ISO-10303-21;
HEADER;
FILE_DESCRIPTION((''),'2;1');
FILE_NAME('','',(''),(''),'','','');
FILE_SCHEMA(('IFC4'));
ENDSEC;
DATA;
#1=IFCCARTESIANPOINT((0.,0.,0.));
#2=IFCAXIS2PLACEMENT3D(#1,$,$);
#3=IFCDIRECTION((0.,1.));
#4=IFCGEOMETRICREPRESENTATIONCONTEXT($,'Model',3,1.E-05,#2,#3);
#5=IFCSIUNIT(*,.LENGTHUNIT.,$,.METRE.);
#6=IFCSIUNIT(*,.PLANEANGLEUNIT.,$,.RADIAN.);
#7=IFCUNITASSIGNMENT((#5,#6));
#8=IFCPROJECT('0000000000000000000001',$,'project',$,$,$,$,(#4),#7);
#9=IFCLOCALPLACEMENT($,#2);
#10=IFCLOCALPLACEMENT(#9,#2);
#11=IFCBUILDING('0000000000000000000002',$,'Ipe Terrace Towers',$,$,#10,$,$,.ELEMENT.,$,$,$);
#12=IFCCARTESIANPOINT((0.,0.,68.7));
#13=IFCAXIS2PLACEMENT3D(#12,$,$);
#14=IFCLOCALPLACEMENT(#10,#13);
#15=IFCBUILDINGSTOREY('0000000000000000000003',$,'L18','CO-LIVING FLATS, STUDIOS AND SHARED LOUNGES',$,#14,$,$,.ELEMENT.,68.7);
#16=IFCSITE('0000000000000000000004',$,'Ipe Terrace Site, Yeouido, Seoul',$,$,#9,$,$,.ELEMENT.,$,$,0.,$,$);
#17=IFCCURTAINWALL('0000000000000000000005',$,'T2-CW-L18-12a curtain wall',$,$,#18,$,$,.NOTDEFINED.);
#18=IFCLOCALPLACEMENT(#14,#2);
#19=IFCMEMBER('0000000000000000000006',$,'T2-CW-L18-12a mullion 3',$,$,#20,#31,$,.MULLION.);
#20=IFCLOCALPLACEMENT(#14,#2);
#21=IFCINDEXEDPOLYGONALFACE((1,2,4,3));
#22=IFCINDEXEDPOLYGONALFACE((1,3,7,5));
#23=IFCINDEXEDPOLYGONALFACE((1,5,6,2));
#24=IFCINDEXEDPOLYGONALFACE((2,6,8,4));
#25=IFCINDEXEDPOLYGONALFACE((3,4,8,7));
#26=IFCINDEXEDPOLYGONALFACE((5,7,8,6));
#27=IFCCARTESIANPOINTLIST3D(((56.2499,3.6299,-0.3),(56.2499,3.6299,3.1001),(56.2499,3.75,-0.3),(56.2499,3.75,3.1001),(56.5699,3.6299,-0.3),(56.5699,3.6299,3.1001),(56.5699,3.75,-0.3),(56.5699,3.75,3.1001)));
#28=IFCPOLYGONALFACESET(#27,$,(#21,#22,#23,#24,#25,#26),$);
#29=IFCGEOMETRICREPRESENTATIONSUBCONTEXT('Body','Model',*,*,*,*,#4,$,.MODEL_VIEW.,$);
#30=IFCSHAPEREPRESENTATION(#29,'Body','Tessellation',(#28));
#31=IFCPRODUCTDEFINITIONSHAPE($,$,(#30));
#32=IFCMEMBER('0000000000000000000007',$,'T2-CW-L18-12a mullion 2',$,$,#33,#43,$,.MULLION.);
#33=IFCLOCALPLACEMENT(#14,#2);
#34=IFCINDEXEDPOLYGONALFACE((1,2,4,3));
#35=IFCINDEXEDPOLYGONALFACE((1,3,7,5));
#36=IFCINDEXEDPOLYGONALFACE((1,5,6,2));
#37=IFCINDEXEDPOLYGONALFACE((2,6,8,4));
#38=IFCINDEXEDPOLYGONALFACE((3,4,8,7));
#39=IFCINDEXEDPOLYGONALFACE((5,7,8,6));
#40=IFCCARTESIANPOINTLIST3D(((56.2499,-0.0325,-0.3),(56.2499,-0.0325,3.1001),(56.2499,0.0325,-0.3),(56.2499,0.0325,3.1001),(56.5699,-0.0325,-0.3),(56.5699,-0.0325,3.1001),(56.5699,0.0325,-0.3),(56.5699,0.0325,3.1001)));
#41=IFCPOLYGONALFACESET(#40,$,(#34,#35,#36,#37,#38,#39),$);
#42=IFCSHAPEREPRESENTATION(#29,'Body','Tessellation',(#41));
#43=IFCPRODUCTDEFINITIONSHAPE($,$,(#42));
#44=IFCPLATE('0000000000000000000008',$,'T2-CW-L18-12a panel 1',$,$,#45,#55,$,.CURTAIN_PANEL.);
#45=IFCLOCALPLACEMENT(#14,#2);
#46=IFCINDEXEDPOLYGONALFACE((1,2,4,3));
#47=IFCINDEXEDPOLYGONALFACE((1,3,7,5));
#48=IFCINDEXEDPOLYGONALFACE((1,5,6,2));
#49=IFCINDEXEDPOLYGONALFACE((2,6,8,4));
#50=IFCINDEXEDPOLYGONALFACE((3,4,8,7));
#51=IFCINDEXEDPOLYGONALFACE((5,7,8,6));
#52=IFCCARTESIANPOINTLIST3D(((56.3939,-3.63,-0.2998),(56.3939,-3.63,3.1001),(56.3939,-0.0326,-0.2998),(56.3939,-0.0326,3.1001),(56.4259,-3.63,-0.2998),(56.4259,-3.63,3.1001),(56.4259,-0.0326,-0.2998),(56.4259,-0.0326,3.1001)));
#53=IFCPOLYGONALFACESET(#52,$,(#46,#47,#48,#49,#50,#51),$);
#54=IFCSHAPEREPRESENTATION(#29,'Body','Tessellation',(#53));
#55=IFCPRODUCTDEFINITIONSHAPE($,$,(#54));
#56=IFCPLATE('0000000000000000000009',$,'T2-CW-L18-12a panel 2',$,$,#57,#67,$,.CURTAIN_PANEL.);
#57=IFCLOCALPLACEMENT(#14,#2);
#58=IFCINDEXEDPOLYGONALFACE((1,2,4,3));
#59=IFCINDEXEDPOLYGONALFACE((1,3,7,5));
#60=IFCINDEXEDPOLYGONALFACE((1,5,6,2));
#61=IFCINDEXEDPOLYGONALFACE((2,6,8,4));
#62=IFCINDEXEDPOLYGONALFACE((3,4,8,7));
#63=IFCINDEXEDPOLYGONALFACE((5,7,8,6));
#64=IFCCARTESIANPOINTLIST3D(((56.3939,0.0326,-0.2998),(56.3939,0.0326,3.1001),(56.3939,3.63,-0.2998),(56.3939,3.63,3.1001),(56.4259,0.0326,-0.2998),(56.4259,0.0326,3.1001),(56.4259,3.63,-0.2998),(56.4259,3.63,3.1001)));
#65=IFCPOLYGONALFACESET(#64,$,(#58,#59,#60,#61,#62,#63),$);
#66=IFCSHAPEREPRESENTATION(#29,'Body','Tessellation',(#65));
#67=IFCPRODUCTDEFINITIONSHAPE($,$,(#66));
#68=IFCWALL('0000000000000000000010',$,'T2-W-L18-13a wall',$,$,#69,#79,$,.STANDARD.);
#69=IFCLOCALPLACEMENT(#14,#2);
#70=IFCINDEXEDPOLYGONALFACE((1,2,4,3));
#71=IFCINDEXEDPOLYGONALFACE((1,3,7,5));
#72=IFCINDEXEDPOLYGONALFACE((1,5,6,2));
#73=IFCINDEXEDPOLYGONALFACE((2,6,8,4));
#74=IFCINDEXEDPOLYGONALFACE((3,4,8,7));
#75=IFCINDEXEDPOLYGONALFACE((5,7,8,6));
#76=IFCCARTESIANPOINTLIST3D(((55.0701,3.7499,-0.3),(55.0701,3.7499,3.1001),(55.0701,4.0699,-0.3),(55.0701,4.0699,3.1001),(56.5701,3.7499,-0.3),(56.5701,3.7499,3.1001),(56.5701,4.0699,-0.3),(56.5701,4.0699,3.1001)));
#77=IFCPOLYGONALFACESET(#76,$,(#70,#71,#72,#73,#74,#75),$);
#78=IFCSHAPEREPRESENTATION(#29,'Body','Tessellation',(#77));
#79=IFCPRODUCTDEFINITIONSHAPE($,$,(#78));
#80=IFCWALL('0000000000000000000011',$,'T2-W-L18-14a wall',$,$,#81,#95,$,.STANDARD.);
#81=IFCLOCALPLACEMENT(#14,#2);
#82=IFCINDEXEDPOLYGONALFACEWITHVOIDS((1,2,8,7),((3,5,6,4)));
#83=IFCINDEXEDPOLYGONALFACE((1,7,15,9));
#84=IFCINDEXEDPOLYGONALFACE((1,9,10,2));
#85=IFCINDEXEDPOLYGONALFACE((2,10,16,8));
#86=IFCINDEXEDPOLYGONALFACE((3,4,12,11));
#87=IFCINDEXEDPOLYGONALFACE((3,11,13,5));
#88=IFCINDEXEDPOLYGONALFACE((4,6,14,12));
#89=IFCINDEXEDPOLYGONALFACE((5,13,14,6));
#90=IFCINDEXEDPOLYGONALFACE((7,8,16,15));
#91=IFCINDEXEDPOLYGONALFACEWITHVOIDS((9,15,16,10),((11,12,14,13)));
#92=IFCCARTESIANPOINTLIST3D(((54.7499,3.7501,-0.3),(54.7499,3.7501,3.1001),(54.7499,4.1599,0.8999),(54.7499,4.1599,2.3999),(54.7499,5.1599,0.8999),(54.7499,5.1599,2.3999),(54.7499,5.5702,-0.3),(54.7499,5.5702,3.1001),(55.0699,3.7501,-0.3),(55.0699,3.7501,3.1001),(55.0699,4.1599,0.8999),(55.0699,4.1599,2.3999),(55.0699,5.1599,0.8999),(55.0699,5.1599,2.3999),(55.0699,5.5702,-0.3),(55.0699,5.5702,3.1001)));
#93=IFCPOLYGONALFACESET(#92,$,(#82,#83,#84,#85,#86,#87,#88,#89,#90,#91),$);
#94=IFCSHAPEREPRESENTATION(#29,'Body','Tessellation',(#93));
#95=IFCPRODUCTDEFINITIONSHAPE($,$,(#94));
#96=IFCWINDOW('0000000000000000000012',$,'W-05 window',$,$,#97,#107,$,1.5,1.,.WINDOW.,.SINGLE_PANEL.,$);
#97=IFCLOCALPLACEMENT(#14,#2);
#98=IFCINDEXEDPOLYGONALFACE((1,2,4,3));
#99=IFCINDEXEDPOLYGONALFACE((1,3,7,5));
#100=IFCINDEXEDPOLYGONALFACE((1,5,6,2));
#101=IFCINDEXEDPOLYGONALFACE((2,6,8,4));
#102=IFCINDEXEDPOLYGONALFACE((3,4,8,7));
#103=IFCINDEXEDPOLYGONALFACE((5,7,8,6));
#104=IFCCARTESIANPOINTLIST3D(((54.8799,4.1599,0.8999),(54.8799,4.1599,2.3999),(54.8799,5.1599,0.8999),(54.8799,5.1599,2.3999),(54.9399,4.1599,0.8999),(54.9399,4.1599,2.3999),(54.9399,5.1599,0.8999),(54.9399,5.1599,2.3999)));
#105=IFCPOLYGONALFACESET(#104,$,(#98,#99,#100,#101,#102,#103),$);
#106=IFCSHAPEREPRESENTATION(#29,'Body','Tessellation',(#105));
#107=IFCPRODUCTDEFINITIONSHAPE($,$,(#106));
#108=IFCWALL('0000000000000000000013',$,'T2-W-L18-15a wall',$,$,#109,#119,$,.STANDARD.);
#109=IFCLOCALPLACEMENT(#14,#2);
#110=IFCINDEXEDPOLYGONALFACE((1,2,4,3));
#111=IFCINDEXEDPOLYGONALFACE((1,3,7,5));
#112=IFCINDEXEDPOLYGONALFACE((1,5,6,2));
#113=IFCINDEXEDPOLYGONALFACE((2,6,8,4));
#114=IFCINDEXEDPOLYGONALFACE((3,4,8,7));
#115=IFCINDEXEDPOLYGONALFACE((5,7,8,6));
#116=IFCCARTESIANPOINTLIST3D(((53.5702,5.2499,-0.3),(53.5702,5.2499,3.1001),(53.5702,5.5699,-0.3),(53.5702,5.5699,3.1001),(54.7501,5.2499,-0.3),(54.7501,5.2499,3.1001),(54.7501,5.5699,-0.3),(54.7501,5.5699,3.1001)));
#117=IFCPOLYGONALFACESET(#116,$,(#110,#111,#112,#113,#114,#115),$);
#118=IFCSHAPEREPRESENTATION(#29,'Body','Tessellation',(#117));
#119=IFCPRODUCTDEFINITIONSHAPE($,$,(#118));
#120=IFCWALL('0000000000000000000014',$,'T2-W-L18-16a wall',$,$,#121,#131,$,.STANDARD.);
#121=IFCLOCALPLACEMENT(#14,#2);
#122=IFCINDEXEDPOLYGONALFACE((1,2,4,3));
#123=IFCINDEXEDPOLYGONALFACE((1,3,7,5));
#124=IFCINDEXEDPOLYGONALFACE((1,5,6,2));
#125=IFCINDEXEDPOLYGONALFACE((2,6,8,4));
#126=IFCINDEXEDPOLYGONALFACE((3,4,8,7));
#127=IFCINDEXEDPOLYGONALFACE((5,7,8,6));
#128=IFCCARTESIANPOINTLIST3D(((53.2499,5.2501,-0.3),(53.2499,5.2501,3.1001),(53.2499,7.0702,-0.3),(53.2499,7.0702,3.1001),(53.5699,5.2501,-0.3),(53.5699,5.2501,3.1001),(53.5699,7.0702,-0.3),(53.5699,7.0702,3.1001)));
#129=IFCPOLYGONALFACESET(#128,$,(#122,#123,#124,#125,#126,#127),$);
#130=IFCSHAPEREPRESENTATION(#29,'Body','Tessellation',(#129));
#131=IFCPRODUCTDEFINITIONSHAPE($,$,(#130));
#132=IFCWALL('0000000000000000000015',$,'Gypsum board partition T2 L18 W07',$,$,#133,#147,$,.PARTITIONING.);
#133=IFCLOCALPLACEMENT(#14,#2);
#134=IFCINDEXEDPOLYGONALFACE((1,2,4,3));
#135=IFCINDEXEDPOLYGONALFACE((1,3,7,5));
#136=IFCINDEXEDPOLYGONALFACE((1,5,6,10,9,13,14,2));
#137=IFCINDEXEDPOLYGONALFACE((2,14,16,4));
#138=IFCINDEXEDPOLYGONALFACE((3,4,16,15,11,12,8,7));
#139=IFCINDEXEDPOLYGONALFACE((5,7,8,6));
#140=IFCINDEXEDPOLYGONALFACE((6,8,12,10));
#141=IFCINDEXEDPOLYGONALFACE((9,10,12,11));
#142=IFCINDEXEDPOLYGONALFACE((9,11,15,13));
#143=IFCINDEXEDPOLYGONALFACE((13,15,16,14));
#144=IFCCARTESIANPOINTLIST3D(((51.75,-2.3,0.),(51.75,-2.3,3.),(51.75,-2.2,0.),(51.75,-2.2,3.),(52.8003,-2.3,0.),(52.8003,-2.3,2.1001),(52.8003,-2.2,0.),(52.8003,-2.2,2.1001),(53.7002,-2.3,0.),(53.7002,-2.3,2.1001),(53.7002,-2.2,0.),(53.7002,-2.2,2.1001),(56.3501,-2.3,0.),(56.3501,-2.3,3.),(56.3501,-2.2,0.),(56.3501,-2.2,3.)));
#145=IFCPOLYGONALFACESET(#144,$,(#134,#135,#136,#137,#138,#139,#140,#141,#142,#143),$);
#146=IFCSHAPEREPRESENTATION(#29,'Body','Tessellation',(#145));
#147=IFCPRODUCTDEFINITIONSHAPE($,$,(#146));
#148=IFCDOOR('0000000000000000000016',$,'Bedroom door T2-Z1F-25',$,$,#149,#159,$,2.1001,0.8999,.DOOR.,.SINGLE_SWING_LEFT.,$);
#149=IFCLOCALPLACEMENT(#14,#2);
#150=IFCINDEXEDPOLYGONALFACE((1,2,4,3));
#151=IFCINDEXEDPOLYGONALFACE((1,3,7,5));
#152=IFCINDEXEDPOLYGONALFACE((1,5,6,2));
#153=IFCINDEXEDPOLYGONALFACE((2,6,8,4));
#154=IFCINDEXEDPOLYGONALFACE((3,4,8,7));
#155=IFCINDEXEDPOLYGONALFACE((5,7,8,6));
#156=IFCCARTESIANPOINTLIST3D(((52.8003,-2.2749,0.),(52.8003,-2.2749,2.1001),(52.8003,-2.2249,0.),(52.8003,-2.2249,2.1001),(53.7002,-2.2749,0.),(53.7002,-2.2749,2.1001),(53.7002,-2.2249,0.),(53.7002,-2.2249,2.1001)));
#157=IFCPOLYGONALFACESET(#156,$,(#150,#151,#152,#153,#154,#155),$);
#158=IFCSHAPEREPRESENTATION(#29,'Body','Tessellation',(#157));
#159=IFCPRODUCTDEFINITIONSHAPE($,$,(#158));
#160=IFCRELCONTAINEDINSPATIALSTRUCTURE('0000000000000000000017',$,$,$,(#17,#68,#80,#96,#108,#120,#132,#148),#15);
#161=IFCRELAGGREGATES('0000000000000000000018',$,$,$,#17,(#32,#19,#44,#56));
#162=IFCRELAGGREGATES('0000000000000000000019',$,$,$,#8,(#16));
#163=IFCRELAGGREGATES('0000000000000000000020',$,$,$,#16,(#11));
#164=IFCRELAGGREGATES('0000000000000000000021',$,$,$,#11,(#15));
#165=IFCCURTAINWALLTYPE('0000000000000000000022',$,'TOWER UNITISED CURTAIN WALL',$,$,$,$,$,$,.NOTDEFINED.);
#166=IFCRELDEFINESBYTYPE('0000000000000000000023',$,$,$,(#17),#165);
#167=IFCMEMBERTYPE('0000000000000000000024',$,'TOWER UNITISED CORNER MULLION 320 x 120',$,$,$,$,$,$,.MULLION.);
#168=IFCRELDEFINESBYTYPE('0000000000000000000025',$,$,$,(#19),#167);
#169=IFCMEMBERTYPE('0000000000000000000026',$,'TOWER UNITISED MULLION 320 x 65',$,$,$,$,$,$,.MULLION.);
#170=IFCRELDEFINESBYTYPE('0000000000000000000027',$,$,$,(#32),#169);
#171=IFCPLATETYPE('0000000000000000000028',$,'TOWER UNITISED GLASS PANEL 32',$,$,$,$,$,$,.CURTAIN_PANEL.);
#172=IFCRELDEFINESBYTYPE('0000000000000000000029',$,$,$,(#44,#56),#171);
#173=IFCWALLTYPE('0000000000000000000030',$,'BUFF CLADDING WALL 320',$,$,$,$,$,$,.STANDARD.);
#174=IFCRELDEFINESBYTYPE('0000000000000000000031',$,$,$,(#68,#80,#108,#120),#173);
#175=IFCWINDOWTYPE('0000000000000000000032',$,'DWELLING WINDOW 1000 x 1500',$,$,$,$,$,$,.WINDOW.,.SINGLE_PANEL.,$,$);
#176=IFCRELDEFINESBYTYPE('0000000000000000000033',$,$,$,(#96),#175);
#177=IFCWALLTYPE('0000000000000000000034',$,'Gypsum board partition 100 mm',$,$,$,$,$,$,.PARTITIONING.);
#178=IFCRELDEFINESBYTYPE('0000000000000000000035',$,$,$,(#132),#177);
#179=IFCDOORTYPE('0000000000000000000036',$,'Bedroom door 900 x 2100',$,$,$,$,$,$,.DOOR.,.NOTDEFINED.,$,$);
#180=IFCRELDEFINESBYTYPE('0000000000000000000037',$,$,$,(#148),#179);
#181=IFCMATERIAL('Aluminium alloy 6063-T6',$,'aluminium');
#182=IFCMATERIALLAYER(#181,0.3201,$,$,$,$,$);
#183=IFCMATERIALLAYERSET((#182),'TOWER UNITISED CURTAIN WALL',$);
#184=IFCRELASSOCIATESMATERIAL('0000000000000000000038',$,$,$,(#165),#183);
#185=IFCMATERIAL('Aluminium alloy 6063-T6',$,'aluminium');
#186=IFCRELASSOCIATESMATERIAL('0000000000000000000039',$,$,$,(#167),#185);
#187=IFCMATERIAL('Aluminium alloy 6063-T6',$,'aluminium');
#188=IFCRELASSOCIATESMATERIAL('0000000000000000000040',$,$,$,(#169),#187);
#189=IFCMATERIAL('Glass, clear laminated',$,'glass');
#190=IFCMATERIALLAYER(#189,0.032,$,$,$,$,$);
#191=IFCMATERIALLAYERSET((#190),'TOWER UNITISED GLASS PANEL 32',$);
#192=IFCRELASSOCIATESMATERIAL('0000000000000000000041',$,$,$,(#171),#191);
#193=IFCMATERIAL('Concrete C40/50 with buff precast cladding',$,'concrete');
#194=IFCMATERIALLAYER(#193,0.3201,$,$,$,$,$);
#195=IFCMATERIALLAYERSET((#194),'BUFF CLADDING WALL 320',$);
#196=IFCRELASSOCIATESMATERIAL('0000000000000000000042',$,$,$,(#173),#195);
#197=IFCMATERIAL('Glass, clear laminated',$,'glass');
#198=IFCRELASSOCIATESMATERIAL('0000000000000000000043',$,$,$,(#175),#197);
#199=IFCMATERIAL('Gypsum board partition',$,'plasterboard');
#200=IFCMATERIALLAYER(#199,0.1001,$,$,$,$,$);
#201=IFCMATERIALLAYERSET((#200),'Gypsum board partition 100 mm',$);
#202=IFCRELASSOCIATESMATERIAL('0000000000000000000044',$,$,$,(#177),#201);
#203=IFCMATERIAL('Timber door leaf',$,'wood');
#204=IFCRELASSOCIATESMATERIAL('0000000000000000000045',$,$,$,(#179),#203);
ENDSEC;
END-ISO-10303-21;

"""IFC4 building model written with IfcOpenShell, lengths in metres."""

from ifc_helpers import new_model, si_unit, direction, frame, frame_2d, origin, origin_2d, place, context, subcontext, project, spatial, rectangle, extrude, material, layer, layer_set, material_profile, profile_set, type_object, element, fill, aggregate, save


model = new_model("IFC4")

# Units and contexts
model_context = context("Model", 3, precision=1e-05, world=origin(), true_north=direction((0.0, 1.0)))
body_context = subcontext(model_context, "Body", "Model", "MODEL_VIEW")
ifc_project = project(units=[si_unit("LENGTHUNIT", "METRE"), si_unit("PLANEANGLEUNIT", "RADIAN")], contexts=[model_context])

# Site, building, storey
site_placement = place(None, origin())
site = spatial("IfcSite", under=ifc_project, at=site_placement, Name="Ipe Terrace Site, Yeouido, Seoul", CompositionType="ELEMENT", RefElevation=0.0)
building_placement = place(site_placement, origin())
building = spatial("IfcBuilding", under=site, at=building_placement, Name="Ipe Terrace Towers", CompositionType="ELEMENT")
storey_placement = place(building_placement, frame((0.0, 0.0, 68.7)))
storey = spatial("IfcBuildingStorey", under=building, at=storey_placement, Name="L18", Description="CO-LIVING FLATS, STUDIOS AND SHARED LOUNGES", CompositionType="ELEMENT", Elevation=68.7)

# Curtain wall, members, plates
ifc_material_1 = material(Name="Aluminium alloy 6063-T6", Category="aluminium")
ifc_layer_1 = layer(ifc_material_1, 0.3201)
ifc_layer_set_1 = layer_set([ifc_layer_1], Name="TOWER UNITISED CURTAIN WALL")
curtain_wall_type = type_object("IfcCurtainWallType", Name="TOWER UNITISED CURTAIN WALL", PredefinedType="NOTDEFINED", material=ifc_layer_set_1)
curtain_wall_placement = place(storey_placement, origin())
curtain_wall = element("IfcCurtainWall", 1, at=curtain_wall_placement, inside=storey, type_object=curtain_wall_type, Name="T2-CW-L18-12a curtain wall", PredefinedType="NOTDEFINED")
ifc_material_2 = material(Name="Aluminium alloy 6063-T6", Category="aluminium")
ifc_material_profile_1 = material_profile(ifc_material_2, rectangle(XDim=0.3201, YDim=0.1201, at=origin_2d()), Name="TOWER UNITISED CORNER MULLION 320 x 120")
ifc_profile_set_1 = profile_set([ifc_material_profile_1], Name="Aluminium alloy 6063-T6")
member_type_1 = type_object("IfcMemberType", Name="TOWER UNITISED CORNER MULLION 320 x 120", PredefinedType="MULLION", material=ifc_profile_set_1)
member_1_placement = place(storey_placement, frame((56.4099, 3.6899, -0.3), z_axis=(0.0, 0.0, 1.0), x_axis=(1.0, 0.0, 0.0)))
member_1 = element("IfcMember", 2, at=member_1_placement, type_object=member_type_1, Name="T2-CW-L18-12a mullion 3", PredefinedType="MULLION", context=body_context, shape_type="SweptSolid", body=[
    extrude(rectangle(XDim=0.3201, YDim=0.1201, at=origin_2d()), origin(), (0.0, 0.0, 1.0), 3.4001),
])
ifc_material_3 = material(Name="Aluminium alloy 6063-T6", Category="aluminium")
ifc_material_profile_2 = material_profile(ifc_material_3, rectangle(XDim=0.3201, YDim=0.0649, at=origin_2d()), Name="TOWER UNITISED MULLION 320 x 65")
ifc_profile_set_2 = profile_set([ifc_material_profile_2], Name="Aluminium alloy 6063-T6")
member_type_2 = type_object("IfcMemberType", Name="TOWER UNITISED MULLION 320 x 65", PredefinedType="MULLION", material=ifc_profile_set_2)
member_2_placement = place(storey_placement, frame((56.4099, 0.0, -0.3), z_axis=(0.0, 0.0, 1.0), x_axis=(1.0, 0.0, 0.0)))
member_2 = element("IfcMember", 3, at=member_2_placement, type_object=member_type_2, Name="T2-CW-L18-12a mullion 2", PredefinedType="MULLION", context=body_context, shape_type="SweptSolid", body=[
    extrude(rectangle(XDim=0.3201, YDim=0.0649, at=origin_2d()), origin(), (0.0, 0.0, 1.0), 3.4001),
])
ifc_material_4 = material(Name="Glass, clear laminated", Category="glass")
ifc_layer_2 = layer(ifc_material_4, 0.032)
ifc_layer_set_2 = layer_set([ifc_layer_2], Name="TOWER UNITISED GLASS PANEL 32")
plate_type = type_object("IfcPlateType", Name="TOWER UNITISED GLASS PANEL 32", PredefinedType="CURTAIN_PANEL", material=ifc_layer_set_2)
plate_1_placement = place(storey_placement, frame((56.4099, -1.8313, -0.2998), z_axis=(0.0, 0.0, 1.0), x_axis=(0.0, 1.0, 0.0)))
plate_1 = element("IfcPlate", 4, at=plate_1_placement, type_object=plate_type, Name="T2-CW-L18-12a panel 1", PredefinedType="CURTAIN_PANEL", context=body_context, shape_type="SweptSolid", body=[
    extrude(rectangle(XDim=3.5974, YDim=0.032, at=origin_2d()), origin(), (0.0, 0.0, 1.0), 3.3999),
])
plate_2_placement = place(storey_placement, frame((56.4099, 1.8313, -0.2998), z_axis=(0.0, 0.0, 1.0), x_axis=(0.0, 1.0, 0.0)))
plate_2 = element("IfcPlate", 5, at=plate_2_placement, type_object=plate_type, Name="T2-CW-L18-12a panel 2", PredefinedType="CURTAIN_PANEL", context=body_context, shape_type="SweptSolid", body=[
    extrude(rectangle(XDim=3.5974, YDim=0.032, at=origin_2d()), origin(), (0.0, 0.0, 1.0), 3.3999),
])
aggregate(curtain_wall, [member_2, member_1, plate_1, plate_2])

# Wall
ifc_material_5 = material(Name="Concrete C40/50 with buff precast cladding", Category="concrete")
ifc_layer_3 = layer(ifc_material_5, 0.3201)
ifc_layer_set_3 = layer_set([ifc_layer_3], Name="BUFF CLADDING WALL 320")
wall_type_1 = type_object("IfcWallType", Name="BUFF CLADDING WALL 320", PredefinedType="STANDARD", material=ifc_layer_set_3)
wall_1_placement = place(storey_placement, frame((56.5701, 3.9099, -0.3), z_axis=(0.0, 0.0, 1.0), x_axis=(-1.0, 0.0, 0.0)))
element("IfcWall", 6, at=wall_1_placement, inside=storey, type_object=wall_type_1, Name="T2-W-L18-13a wall", PredefinedType="STANDARD", context=body_context, shape_type="SweptSolid", body=[
    extrude(rectangle(XDim=1.5, YDim=0.3201, at=frame_2d((0.75, 0.0))), origin(), (0.0, 0.0, 1.0), 3.4001),
])

# Wall, opening, window
wall_2_placement = place(storey_placement, frame((54.9099, 3.75, -0.3), z_axis=(0.0, 0.0, 1.0), x_axis=(0.0, 1.0, 0.0)))
wall_2 = element("IfcWall", 7, at=wall_2_placement, inside=storey, type_object=wall_type_1, Name="T2-W-L18-14a wall", PredefinedType="STANDARD", context=body_context, shape_type="SweptSolid", body=[
    extrude(rectangle(XDim=1.8201, YDim=0.3201, at=frame_2d((0.9102, 0.0))), origin(), (0.0, 0.0, 1.0), 3.4001),
])
opening_1_placement = place(wall_2_placement, frame((0.4099, 0.0, 1.2)))
opening_1 = element("IfcOpeningElement", 8, at=opening_1_placement, cuts=wall_2, PredefinedType="OPENING", context=body_context, shape_type="SweptSolid", body=[
    extrude(rectangle(XDim=1.0, YDim=1.5, at=frame_2d((0.5, 0.75))), frame((0.0, 0.1699, 0.0), z_axis=(0.0, -1.0, 0.0), x_axis=(1.0, 0.0, 0.0)), (0.0, 0.0, 1.0), 0.3401),
])
ifc_material_6 = material(Name="Glass, clear laminated", Category="glass")
window_type = type_object("IfcWindowType", Name="DWELLING WINDOW 1000 x 1500", PartitioningType="SINGLE_PANEL", PredefinedType="WINDOW", material=ifc_material_6)
window_placement = place(opening_1_placement, origin())
window = element("IfcWindow", 9, at=window_placement, inside=storey, type_object=window_type, Name="W-05 window", OverallHeight=1.5, OverallWidth=1.0, PartitioningType="SINGLE_PANEL", PredefinedType="WINDOW", context=body_context, shape_type="SweptSolid", body=[
    extrude(rectangle(XDim=1.0, YDim=1.5, at=frame_2d((0.5, 0.75))), frame((0.0, 0.03, 0.0), z_axis=(0.0, -1.0, 0.0), x_axis=(1.0, 0.0, 0.0)), (0.0, 0.0, 1.0), 0.0601),
])
fill(opening_1, window)

# Walls
wall_3_placement = place(storey_placement, frame((54.75, 5.4099, -0.3), z_axis=(0.0, 0.0, 1.0), x_axis=(-1.0, 0.0, 0.0)))
element("IfcWall", 10, at=wall_3_placement, inside=storey, type_object=wall_type_1, Name="T2-W-L18-15a wall", PredefinedType="STANDARD", context=body_context, shape_type="SweptSolid", body=[
    extrude(rectangle(XDim=1.1799, YDim=0.3201, at=frame_2d((0.5898, 0.0))), origin(), (0.0, 0.0, 1.0), 3.4001),
])
wall_4_placement = place(storey_placement, frame((53.4099, 5.25, -0.3), z_axis=(0.0, 0.0, 1.0), x_axis=(0.0, 1.0, 0.0)))
element("IfcWall", 11, at=wall_4_placement, inside=storey, type_object=wall_type_1, Name="T2-W-L18-16a wall", PredefinedType="STANDARD", context=body_context, shape_type="SweptSolid", body=[
    extrude(rectangle(XDim=1.8201, YDim=0.3201, at=frame_2d((0.9102, 0.0))), origin(), (0.0, 0.0, 1.0), 3.4001),
])

# Wall, opening, door
ifc_material_7 = material(Name="Gypsum board partition", Category="plasterboard")
ifc_layer_4 = layer(ifc_material_7, 0.1001)
ifc_layer_set_4 = layer_set([ifc_layer_4], Name="Gypsum board partition 100 mm")
wall_type_2 = type_object("IfcWallType", Name="Gypsum board partition 100 mm", PredefinedType="PARTITIONING", material=ifc_layer_set_4)
wall_5_placement = place(storey_placement, frame((56.3501, -2.25, 0.0), z_axis=(0.0, 0.0, 1.0), x_axis=(-1.0, 0.0, 0.0)))
wall_5 = element("IfcWall", 12, at=wall_5_placement, inside=storey, type_object=wall_type_2, Name="Gypsum board partition T2 L18 W07", PredefinedType="PARTITIONING", context=body_context, shape_type="SweptSolid", body=[
    extrude(rectangle(XDim=4.6001, YDim=0.1001, at=frame_2d((2.3, 0.0))), origin(), (0.0, 0.0, 1.0), 3.0),
])
opening_2_placement = place(wall_5_placement, frame((2.6499, 0.0, 0.0)))
opening_2 = element("IfcOpeningElement", 13, at=opening_2_placement, cuts=wall_5, PredefinedType="OPENING", context=body_context, shape_type="SweptSolid", body=[
    extrude(rectangle(XDim=0.8999, YDim=2.1001, at=frame_2d((0.45, 1.05))), frame((0.0, 0.0601, 0.0), z_axis=(0.0, -1.0, 0.0), x_axis=(1.0, 0.0, 0.0)), (0.0, 0.0, 1.0), 0.1201),
])
ifc_material_8 = material(Name="Timber door leaf", Category="wood")
door_type_1 = type_object("IfcDoorType", Name="Bedroom door 900 x 2100", OperationType="NOTDEFINED", PredefinedType="DOOR", material=ifc_material_8)
door_1_placement = place(opening_2_placement, origin())
door_1 = element("IfcDoor", 14, at=door_1_placement, inside=storey, type_object=door_type_1, Name="Bedroom door T2-Z1F-25", OperationType="SINGLE_SWING_LEFT", OverallHeight=2.1001, OverallWidth=0.8999, PredefinedType="DOOR", context=body_context, shape_type="SweptSolid", body=[
    extrude(rectangle(XDim=0.8999, YDim=2.1001, at=frame_2d((0.45, 1.05))), frame((0.0, 0.0249, 0.0), z_axis=(0.0, -1.0, 0.0), x_axis=(1.0, 0.0, 0.0)), (0.0, 0.0, 1.0), 0.05),
])
fill(opening_2, door_1)

save(model, "model.ifc")
